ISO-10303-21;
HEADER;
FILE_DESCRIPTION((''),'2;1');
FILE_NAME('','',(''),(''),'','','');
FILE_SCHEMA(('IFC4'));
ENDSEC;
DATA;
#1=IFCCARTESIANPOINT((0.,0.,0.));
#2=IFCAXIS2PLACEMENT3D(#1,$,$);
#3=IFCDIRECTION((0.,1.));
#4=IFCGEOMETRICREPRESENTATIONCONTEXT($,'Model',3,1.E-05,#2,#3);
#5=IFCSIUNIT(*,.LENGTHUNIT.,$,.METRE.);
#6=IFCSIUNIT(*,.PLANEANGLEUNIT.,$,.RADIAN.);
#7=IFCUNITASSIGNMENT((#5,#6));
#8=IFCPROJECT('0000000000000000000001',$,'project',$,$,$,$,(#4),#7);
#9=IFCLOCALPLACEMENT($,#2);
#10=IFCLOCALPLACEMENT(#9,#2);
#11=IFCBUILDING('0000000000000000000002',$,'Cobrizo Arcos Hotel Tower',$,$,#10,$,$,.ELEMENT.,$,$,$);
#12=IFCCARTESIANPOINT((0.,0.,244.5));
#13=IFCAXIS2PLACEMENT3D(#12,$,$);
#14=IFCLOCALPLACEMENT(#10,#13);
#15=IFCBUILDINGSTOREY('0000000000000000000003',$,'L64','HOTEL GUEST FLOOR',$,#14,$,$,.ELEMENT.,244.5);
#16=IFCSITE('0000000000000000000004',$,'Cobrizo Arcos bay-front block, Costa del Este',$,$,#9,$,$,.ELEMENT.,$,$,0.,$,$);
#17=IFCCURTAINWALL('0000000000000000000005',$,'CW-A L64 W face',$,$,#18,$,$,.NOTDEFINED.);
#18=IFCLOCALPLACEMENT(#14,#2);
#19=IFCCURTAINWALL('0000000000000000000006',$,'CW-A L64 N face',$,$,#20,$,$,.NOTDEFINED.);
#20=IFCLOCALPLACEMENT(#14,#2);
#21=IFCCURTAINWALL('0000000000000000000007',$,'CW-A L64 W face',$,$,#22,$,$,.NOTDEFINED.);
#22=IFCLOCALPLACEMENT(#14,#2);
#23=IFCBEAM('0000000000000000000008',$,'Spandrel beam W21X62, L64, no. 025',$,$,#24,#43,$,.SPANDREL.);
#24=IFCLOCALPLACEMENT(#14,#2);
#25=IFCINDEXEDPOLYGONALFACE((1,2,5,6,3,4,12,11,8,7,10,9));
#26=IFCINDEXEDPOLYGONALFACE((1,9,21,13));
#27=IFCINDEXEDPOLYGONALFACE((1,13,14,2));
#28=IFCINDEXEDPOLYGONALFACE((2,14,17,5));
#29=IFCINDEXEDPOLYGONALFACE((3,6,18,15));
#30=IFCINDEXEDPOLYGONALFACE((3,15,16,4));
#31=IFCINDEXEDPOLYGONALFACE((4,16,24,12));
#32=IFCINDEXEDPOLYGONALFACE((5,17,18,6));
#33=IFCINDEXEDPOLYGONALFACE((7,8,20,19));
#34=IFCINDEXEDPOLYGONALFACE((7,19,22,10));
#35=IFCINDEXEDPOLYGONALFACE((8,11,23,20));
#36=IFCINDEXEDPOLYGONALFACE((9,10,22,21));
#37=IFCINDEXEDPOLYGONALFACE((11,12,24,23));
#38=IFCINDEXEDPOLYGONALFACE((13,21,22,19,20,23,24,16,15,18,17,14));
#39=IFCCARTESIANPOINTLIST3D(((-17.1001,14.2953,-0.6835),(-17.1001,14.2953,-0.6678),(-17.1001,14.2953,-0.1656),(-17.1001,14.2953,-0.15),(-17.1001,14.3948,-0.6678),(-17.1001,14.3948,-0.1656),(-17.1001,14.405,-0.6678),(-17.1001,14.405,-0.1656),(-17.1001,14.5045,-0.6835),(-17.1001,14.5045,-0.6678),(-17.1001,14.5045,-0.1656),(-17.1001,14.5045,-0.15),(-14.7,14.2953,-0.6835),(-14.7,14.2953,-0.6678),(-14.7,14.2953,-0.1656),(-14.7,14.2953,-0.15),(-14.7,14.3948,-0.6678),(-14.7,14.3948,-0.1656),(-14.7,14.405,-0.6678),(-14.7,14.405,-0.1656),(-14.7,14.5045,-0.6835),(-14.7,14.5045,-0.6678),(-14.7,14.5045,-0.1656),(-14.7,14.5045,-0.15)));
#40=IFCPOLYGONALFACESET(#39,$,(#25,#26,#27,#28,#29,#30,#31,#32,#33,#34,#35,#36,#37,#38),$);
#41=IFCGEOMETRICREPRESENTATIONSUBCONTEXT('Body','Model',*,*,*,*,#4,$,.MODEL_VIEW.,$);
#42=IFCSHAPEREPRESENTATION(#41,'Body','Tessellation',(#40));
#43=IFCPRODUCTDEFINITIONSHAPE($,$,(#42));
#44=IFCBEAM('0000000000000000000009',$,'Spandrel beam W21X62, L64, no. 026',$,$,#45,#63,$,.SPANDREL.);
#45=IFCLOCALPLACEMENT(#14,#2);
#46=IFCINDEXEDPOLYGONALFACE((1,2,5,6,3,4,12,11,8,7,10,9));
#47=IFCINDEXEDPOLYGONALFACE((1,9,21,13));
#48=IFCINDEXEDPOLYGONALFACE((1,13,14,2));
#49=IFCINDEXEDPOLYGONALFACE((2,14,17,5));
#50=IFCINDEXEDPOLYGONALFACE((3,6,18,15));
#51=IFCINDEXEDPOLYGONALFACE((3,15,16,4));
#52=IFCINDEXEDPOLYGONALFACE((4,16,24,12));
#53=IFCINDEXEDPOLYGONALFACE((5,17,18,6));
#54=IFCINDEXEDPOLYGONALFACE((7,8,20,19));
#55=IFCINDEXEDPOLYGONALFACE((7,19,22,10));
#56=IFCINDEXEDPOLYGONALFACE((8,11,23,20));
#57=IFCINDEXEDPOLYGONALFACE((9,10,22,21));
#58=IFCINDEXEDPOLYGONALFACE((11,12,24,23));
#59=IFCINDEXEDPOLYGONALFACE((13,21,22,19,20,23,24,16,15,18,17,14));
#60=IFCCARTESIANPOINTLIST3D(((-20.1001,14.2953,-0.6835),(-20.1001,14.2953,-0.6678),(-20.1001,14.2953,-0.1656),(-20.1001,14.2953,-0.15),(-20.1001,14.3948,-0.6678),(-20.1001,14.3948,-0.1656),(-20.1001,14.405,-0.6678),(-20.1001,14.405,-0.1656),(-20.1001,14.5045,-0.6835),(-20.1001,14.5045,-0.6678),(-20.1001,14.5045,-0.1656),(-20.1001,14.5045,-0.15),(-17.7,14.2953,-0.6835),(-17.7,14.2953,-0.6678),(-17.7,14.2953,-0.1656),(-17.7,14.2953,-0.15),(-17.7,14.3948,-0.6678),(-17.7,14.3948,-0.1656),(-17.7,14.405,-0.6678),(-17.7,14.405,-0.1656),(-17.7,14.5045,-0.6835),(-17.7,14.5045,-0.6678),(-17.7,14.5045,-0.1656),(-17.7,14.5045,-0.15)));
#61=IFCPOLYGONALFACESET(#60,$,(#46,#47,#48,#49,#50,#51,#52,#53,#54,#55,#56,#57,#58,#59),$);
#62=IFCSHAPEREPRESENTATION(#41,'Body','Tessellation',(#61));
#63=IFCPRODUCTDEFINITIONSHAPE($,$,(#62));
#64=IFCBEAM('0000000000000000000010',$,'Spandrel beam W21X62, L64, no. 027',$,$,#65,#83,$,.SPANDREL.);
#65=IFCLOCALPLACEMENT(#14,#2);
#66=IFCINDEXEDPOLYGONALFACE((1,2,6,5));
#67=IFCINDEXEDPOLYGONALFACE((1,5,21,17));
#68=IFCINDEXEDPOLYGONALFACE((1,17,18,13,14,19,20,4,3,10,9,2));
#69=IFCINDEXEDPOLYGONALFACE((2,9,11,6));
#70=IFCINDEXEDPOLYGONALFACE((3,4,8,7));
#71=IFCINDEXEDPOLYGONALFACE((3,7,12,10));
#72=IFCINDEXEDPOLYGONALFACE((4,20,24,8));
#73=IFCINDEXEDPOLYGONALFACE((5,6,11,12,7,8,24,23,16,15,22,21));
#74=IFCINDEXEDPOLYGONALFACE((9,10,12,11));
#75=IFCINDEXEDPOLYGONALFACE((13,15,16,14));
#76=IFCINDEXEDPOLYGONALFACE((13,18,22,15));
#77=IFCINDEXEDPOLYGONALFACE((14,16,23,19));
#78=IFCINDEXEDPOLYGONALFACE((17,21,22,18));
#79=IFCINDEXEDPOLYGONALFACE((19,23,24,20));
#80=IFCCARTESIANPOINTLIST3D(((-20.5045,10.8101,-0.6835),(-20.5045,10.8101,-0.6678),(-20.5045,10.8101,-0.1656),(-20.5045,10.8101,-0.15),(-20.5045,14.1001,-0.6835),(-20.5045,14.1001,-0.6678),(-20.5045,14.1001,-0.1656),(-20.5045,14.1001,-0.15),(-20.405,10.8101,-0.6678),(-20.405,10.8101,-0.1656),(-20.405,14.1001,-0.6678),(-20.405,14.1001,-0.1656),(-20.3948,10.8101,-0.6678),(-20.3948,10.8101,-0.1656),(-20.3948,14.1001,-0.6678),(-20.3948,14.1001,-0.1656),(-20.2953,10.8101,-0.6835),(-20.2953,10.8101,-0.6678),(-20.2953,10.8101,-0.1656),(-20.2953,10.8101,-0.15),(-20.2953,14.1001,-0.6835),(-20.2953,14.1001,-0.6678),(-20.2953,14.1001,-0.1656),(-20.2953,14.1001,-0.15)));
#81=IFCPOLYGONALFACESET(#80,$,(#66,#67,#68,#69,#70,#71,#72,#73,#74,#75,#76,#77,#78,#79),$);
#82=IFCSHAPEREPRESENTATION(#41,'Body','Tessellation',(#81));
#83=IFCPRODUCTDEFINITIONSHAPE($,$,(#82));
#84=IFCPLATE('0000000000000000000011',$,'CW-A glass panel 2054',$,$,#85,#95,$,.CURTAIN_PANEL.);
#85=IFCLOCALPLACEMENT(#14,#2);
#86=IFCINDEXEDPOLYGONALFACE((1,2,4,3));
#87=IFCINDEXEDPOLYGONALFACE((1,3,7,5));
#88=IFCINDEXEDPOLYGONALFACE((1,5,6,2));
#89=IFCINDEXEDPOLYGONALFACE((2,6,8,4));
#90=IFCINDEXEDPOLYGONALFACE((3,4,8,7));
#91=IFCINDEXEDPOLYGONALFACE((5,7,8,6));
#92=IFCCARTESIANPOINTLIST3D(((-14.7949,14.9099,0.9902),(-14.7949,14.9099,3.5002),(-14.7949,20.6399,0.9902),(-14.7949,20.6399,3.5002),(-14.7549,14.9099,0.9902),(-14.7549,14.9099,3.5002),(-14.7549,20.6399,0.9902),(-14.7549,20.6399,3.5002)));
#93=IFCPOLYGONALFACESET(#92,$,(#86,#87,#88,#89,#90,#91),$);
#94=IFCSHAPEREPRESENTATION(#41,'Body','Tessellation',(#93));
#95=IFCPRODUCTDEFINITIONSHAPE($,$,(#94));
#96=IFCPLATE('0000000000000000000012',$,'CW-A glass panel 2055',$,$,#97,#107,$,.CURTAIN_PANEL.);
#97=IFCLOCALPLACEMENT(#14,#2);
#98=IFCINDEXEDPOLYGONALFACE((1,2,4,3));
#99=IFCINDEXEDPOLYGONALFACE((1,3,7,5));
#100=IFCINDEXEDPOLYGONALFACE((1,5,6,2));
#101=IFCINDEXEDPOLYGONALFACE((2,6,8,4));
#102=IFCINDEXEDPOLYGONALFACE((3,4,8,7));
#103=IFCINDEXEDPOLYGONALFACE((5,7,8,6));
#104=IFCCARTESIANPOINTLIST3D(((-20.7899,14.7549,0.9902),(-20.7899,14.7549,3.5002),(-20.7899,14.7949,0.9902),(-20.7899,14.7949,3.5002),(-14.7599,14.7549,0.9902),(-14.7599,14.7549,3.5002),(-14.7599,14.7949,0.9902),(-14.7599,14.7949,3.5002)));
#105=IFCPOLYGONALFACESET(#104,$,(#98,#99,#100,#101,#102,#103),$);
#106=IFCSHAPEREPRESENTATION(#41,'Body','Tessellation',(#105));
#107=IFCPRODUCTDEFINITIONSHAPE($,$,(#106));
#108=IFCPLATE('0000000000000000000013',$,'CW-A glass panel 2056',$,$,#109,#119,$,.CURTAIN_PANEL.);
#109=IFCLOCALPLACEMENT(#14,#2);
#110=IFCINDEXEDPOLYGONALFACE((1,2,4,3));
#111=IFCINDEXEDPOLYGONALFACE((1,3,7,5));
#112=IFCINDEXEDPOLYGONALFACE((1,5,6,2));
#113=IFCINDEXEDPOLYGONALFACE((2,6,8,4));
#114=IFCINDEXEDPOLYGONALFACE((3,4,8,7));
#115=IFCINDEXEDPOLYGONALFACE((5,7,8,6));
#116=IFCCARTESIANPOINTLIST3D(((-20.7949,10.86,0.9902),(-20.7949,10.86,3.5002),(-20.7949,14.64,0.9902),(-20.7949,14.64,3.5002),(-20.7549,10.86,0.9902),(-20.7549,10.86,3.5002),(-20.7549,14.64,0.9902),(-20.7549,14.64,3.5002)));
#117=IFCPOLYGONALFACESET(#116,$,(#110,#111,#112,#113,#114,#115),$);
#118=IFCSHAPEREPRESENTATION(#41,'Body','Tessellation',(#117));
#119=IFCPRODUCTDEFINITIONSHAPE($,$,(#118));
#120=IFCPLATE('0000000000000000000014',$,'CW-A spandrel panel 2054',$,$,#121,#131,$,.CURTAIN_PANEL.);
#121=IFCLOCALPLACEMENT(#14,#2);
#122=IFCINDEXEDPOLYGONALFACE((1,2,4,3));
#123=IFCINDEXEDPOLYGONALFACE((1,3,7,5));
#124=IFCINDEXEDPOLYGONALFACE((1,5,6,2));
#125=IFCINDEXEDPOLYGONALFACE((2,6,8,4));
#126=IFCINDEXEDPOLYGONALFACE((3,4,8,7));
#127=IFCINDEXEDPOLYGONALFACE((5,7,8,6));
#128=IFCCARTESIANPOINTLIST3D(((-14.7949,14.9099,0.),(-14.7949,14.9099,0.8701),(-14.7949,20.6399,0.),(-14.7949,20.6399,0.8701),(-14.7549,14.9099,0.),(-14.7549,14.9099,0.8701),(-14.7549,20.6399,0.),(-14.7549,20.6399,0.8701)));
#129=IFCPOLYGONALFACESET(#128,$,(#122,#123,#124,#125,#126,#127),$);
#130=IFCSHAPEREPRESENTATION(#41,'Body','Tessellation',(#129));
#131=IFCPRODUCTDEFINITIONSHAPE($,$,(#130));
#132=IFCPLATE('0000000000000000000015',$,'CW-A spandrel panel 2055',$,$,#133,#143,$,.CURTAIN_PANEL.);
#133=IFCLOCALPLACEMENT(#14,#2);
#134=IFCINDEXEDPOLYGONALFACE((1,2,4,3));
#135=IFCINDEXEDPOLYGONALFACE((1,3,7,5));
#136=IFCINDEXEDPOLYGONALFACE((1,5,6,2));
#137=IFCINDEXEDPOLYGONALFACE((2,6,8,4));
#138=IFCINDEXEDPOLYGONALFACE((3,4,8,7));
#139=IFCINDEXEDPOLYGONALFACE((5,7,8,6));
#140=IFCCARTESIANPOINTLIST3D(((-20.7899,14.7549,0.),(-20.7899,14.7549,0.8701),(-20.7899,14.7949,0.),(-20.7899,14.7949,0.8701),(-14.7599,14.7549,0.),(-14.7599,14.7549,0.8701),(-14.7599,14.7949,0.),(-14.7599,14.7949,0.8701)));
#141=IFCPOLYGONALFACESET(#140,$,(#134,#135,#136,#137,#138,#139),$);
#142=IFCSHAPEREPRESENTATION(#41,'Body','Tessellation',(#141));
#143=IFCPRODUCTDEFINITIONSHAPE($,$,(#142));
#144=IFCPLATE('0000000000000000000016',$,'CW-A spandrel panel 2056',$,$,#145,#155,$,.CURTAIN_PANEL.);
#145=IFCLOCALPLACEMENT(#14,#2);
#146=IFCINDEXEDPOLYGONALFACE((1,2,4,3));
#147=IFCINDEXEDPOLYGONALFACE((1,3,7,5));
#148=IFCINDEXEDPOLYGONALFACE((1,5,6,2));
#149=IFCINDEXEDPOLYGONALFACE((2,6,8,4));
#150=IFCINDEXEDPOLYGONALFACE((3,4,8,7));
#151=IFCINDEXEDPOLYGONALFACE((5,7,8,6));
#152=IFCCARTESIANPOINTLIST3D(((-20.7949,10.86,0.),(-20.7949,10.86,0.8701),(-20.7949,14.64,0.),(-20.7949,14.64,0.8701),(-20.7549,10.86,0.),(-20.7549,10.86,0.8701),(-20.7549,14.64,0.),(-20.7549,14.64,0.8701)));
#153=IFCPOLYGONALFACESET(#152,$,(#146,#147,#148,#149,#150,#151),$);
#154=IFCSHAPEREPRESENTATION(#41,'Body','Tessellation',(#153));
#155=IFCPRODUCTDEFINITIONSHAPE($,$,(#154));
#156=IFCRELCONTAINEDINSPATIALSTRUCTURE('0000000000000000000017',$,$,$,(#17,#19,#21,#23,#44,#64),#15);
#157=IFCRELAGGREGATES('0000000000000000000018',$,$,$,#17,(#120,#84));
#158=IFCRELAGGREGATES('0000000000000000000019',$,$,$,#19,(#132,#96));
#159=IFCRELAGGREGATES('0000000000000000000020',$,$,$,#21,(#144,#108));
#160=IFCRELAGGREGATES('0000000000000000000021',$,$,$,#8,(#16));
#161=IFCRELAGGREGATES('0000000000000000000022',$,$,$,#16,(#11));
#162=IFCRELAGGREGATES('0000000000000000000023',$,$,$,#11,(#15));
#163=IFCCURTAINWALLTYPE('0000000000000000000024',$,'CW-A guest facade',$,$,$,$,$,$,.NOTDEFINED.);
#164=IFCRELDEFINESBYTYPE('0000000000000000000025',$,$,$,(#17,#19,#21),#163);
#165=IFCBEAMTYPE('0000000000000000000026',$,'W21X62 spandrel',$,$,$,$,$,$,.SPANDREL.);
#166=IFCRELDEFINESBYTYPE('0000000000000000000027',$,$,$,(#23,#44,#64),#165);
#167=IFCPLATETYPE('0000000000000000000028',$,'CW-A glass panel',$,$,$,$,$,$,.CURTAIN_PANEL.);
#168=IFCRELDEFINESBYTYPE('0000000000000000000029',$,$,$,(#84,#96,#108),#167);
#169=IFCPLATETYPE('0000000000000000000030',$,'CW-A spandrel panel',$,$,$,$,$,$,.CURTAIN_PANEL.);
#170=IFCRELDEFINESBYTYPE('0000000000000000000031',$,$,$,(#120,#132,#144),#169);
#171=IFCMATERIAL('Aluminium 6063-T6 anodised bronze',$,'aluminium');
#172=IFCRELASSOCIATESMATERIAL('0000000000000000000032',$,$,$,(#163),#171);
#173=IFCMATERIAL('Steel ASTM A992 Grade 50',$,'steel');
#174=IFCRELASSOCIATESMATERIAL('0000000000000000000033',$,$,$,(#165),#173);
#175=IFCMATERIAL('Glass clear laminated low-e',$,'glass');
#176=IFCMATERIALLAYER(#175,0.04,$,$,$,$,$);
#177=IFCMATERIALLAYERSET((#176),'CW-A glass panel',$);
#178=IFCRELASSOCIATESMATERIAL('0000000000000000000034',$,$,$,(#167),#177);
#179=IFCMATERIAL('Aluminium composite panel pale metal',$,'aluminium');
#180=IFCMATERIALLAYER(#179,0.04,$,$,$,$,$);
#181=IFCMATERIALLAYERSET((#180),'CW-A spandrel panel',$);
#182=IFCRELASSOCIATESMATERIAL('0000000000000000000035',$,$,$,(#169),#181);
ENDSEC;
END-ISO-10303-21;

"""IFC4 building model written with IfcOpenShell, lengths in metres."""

from ifc_helpers import new_model, si_unit, direction, frame, origin, origin_2d, place, context, subcontext, project, spatial, rectangle, i_section, extrude, material, layer, layer_set, material_profile, profile_set, type_object, element, aggregate, save


model = new_model("IFC4")

# Units and contexts
model_context = context("Model", 3, precision=1e-05, world=origin(), true_north=direction((0.0, 1.0)))
body_context = subcontext(model_context, "Body", "Model", "MODEL_VIEW")
ifc_project = project(units=[si_unit("LENGTHUNIT", "METRE"), si_unit("PLANEANGLEUNIT", "RADIAN")], contexts=[model_context])

# Site, building, storey
site_placement = place(None, origin())
site = spatial("IfcSite", under=ifc_project, at=site_placement, Name="Cobrizo Arcos bay-front block, Costa del Este", CompositionType="ELEMENT", RefElevation=0.0)
building_placement = place(site_placement, origin())
building = spatial("IfcBuilding", under=site, at=building_placement, Name="Cobrizo Arcos Hotel Tower", CompositionType="ELEMENT")
storey_placement = place(building_placement, frame((0.0, 0.0, 244.5)))
storey = spatial("IfcBuildingStorey", under=building, at=storey_placement, Name="L64", Description="HOTEL GUEST FLOOR", CompositionType="ELEMENT", Elevation=244.5)

# Shared definitions
ifc_material_1 = material(Name="Aluminium 6063-T6 anodised bronze", Category="aluminium")
curtain_wall_type = type_object("IfcCurtainWallType", Name="CW-A guest facade", PredefinedType="NOTDEFINED", material=ifc_material_1)

# Curtain walls
curtain_wall_1_placement = place(storey_placement, origin())
curtain_wall_1 = element("IfcCurtainWall", 1, at=curtain_wall_1_placement, inside=storey, type_object=curtain_wall_type, Name="CW-A L64 W face", PredefinedType="NOTDEFINED")
curtain_wall_2_placement = place(storey_placement, origin())
curtain_wall_2 = element("IfcCurtainWall", 2, at=curtain_wall_2_placement, inside=storey, type_object=curtain_wall_type, Name="CW-A L64 N face", PredefinedType="NOTDEFINED")

# Curtain wall
curtain_wall_3_placement = place(storey_placement, origin())
curtain_wall_3 = element("IfcCurtainWall", 3, at=curtain_wall_3_placement, inside=storey, type_object=curtain_wall_type, Name="CW-A L64 W face", PredefinedType="NOTDEFINED")

# Beams
ifc_material_2 = material(Name="Steel ASTM A992 Grade 50", Category="steel")
ifc_material_profile_1 = material_profile(ifc_material_2, i_section(OverallWidth=0.2092, OverallDepth=0.5334, WebThickness=0.0103, FlangeThickness=0.0156, at=origin_2d()), Name="W21X62")
ifc_profile_set_1 = profile_set([ifc_material_profile_1], Name="Steel ASTM A992 Grade 50")
beam_type = type_object("IfcBeamType", Name="W21X62 spandrel", PredefinedType="SPANDREL", material=ifc_profile_set_1)
for number, where, z_axis, x_axis, name in (
    (4, (-14.7, 14.3999, -0.4167), (-1.0, 0.0, 0.0), (0.0, -1.0, 0.0), "Spandrel beam W21X62, L64, no. 025"),
    (5, (-17.7, 14.3999, -0.4167), (-1.0, 0.0, 0.0), (0.0, -1.0, 0.0), "Spandrel beam W21X62, L64, no. 026"),
):
    element("IfcBeam", number, at=place(storey_placement, frame(where, z_axis=z_axis, x_axis=x_axis)), inside=storey, type_object=beam_type, Name=name, PredefinedType="SPANDREL", context=body_context, shape_type="SweptSolid", body=[
        extrude(i_section(OverallWidth=0.2092, OverallDepth=0.5334, WebThickness=0.0103, FlangeThickness=0.0156, at=origin_2d()), origin(), (0.0, 0.0, 1.0), 2.4001),
    ])
beam_placement = place(storey_placement, frame((-20.3999, 14.1001, -0.4167), z_axis=(0.0, -1.0, 0.0), x_axis=(1.0, 0.0, 0.0)))
element("IfcBeam", 6, at=beam_placement, inside=storey, type_object=beam_type, Name="Spandrel beam W21X62, L64, no. 027", PredefinedType="SPANDREL", context=body_context, shape_type="SweptSolid", body=[
    extrude(i_section(OverallWidth=0.2092, OverallDepth=0.5334, WebThickness=0.0103, FlangeThickness=0.0156, at=origin_2d()), origin(), (0.0, 0.0, 1.0), 3.29),
])

# Plates
ifc_material_3 = material(Name="Glass clear laminated low-e", Category="glass")
ifc_layer_1 = layer(ifc_material_3, 0.04)
ifc_layer_set_1 = layer_set([ifc_layer_1], Name="CW-A glass panel")
plate_type_1 = type_object("IfcPlateType", Name="CW-A glass panel", PredefinedType="CURTAIN_PANEL", material=ifc_layer_set_1)
plate_1_placement = place(storey_placement, frame((-14.7749, 17.7749, 0.9902), z_axis=(0.0, 0.0, 1.0), x_axis=(0.0, -1.0, 0.0)))
plate_1 = element("IfcPlate", 7, at=plate_1_placement, type_object=plate_type_1, Name="CW-A glass panel 2054", PredefinedType="CURTAIN_PANEL", context=body_context, shape_type="SweptSolid", body=[
    extrude(rectangle(XDim=5.73, YDim=0.04, at=origin_2d()), origin(), (0.0, 0.0, 1.0), 2.51),
])
plate_2_placement = place(storey_placement, frame((-17.7749, 14.7749, 0.9902), z_axis=(0.0, 0.0, 1.0), x_axis=(-1.0, 0.0, 0.0)))
plate_2 = element("IfcPlate", 8, at=plate_2_placement, type_object=plate_type_1, Name="CW-A glass panel 2055", PredefinedType="CURTAIN_PANEL", context=body_context, shape_type="SweptSolid", body=[
    extrude(rectangle(XDim=6.03, YDim=0.04, at=origin_2d()), origin(), (0.0, 0.0, 1.0), 2.51),
])
plate_3_placement = place(storey_placement, frame((-20.7749, 12.75, 0.9902), z_axis=(0.0, 0.0, 1.0), x_axis=(0.0, -1.0, 0.0)))
plate_3 = element("IfcPlate", 9, at=plate_3_placement, type_object=plate_type_1, Name="CW-A glass panel 2056", PredefinedType="CURTAIN_PANEL", context=body_context, shape_type="SweptSolid", body=[
    extrude(rectangle(XDim=3.78, YDim=0.04, at=origin_2d()), origin(), (0.0, 0.0, 1.0), 2.51),
])
ifc_material_4 = material(Name="Aluminium composite panel pale metal", Category="aluminium")
ifc_layer_2 = layer(ifc_material_4, 0.04)
ifc_layer_set_2 = layer_set([ifc_layer_2], Name="CW-A spandrel panel")
plate_type_2 = type_object("IfcPlateType", Name="CW-A spandrel panel", PredefinedType="CURTAIN_PANEL", material=ifc_layer_set_2)
plate_4_placement = place(storey_placement, frame((-14.7749, 17.7749, 0.0), z_axis=(0.0, 0.0, 1.0), x_axis=(0.0, -1.0, 0.0)))
plate_4 = element("IfcPlate", 10, at=plate_4_placement, type_object=plate_type_2, Name="CW-A spandrel panel 2054", PredefinedType="CURTAIN_PANEL", context=body_context, shape_type="SweptSolid", body=[
    extrude(rectangle(XDim=5.73, YDim=0.04, at=origin_2d()), origin(), (0.0, 0.0, 1.0), 0.8701),
])
aggregate(curtain_wall_1, [plate_4, plate_1])
plate_5_placement = place(storey_placement, frame((-17.7749, 14.7749, 0.0), z_axis=(0.0, 0.0, 1.0), x_axis=(-1.0, 0.0, 0.0)))
plate_5 = element("IfcPlate", 11, at=plate_5_placement, type_object=plate_type_2, Name="CW-A spandrel panel 2055", PredefinedType="CURTAIN_PANEL", context=body_context, shape_type="SweptSolid", body=[
    extrude(rectangle(XDim=6.03, YDim=0.04, at=origin_2d()), origin(), (0.0, 0.0, 1.0), 0.8701),
])
aggregate(curtain_wall_2, [plate_5, plate_2])
plate_6_placement = place(storey_placement, frame((-20.7749, 12.75, 0.0), z_axis=(0.0, 0.0, 1.0), x_axis=(0.0, -1.0, 0.0)))
plate_6 = element("IfcPlate", 12, at=plate_6_placement, type_object=plate_type_2, Name="CW-A spandrel panel 2056", PredefinedType="CURTAIN_PANEL", context=body_context, shape_type="SweptSolid", body=[
    extrude(rectangle(XDim=3.78, YDim=0.04, at=origin_2d()), origin(), (0.0, 0.0, 1.0), 0.8701),
])
aggregate(curtain_wall_3, [plate_6, plate_3])

save(model, "model.ifc")
